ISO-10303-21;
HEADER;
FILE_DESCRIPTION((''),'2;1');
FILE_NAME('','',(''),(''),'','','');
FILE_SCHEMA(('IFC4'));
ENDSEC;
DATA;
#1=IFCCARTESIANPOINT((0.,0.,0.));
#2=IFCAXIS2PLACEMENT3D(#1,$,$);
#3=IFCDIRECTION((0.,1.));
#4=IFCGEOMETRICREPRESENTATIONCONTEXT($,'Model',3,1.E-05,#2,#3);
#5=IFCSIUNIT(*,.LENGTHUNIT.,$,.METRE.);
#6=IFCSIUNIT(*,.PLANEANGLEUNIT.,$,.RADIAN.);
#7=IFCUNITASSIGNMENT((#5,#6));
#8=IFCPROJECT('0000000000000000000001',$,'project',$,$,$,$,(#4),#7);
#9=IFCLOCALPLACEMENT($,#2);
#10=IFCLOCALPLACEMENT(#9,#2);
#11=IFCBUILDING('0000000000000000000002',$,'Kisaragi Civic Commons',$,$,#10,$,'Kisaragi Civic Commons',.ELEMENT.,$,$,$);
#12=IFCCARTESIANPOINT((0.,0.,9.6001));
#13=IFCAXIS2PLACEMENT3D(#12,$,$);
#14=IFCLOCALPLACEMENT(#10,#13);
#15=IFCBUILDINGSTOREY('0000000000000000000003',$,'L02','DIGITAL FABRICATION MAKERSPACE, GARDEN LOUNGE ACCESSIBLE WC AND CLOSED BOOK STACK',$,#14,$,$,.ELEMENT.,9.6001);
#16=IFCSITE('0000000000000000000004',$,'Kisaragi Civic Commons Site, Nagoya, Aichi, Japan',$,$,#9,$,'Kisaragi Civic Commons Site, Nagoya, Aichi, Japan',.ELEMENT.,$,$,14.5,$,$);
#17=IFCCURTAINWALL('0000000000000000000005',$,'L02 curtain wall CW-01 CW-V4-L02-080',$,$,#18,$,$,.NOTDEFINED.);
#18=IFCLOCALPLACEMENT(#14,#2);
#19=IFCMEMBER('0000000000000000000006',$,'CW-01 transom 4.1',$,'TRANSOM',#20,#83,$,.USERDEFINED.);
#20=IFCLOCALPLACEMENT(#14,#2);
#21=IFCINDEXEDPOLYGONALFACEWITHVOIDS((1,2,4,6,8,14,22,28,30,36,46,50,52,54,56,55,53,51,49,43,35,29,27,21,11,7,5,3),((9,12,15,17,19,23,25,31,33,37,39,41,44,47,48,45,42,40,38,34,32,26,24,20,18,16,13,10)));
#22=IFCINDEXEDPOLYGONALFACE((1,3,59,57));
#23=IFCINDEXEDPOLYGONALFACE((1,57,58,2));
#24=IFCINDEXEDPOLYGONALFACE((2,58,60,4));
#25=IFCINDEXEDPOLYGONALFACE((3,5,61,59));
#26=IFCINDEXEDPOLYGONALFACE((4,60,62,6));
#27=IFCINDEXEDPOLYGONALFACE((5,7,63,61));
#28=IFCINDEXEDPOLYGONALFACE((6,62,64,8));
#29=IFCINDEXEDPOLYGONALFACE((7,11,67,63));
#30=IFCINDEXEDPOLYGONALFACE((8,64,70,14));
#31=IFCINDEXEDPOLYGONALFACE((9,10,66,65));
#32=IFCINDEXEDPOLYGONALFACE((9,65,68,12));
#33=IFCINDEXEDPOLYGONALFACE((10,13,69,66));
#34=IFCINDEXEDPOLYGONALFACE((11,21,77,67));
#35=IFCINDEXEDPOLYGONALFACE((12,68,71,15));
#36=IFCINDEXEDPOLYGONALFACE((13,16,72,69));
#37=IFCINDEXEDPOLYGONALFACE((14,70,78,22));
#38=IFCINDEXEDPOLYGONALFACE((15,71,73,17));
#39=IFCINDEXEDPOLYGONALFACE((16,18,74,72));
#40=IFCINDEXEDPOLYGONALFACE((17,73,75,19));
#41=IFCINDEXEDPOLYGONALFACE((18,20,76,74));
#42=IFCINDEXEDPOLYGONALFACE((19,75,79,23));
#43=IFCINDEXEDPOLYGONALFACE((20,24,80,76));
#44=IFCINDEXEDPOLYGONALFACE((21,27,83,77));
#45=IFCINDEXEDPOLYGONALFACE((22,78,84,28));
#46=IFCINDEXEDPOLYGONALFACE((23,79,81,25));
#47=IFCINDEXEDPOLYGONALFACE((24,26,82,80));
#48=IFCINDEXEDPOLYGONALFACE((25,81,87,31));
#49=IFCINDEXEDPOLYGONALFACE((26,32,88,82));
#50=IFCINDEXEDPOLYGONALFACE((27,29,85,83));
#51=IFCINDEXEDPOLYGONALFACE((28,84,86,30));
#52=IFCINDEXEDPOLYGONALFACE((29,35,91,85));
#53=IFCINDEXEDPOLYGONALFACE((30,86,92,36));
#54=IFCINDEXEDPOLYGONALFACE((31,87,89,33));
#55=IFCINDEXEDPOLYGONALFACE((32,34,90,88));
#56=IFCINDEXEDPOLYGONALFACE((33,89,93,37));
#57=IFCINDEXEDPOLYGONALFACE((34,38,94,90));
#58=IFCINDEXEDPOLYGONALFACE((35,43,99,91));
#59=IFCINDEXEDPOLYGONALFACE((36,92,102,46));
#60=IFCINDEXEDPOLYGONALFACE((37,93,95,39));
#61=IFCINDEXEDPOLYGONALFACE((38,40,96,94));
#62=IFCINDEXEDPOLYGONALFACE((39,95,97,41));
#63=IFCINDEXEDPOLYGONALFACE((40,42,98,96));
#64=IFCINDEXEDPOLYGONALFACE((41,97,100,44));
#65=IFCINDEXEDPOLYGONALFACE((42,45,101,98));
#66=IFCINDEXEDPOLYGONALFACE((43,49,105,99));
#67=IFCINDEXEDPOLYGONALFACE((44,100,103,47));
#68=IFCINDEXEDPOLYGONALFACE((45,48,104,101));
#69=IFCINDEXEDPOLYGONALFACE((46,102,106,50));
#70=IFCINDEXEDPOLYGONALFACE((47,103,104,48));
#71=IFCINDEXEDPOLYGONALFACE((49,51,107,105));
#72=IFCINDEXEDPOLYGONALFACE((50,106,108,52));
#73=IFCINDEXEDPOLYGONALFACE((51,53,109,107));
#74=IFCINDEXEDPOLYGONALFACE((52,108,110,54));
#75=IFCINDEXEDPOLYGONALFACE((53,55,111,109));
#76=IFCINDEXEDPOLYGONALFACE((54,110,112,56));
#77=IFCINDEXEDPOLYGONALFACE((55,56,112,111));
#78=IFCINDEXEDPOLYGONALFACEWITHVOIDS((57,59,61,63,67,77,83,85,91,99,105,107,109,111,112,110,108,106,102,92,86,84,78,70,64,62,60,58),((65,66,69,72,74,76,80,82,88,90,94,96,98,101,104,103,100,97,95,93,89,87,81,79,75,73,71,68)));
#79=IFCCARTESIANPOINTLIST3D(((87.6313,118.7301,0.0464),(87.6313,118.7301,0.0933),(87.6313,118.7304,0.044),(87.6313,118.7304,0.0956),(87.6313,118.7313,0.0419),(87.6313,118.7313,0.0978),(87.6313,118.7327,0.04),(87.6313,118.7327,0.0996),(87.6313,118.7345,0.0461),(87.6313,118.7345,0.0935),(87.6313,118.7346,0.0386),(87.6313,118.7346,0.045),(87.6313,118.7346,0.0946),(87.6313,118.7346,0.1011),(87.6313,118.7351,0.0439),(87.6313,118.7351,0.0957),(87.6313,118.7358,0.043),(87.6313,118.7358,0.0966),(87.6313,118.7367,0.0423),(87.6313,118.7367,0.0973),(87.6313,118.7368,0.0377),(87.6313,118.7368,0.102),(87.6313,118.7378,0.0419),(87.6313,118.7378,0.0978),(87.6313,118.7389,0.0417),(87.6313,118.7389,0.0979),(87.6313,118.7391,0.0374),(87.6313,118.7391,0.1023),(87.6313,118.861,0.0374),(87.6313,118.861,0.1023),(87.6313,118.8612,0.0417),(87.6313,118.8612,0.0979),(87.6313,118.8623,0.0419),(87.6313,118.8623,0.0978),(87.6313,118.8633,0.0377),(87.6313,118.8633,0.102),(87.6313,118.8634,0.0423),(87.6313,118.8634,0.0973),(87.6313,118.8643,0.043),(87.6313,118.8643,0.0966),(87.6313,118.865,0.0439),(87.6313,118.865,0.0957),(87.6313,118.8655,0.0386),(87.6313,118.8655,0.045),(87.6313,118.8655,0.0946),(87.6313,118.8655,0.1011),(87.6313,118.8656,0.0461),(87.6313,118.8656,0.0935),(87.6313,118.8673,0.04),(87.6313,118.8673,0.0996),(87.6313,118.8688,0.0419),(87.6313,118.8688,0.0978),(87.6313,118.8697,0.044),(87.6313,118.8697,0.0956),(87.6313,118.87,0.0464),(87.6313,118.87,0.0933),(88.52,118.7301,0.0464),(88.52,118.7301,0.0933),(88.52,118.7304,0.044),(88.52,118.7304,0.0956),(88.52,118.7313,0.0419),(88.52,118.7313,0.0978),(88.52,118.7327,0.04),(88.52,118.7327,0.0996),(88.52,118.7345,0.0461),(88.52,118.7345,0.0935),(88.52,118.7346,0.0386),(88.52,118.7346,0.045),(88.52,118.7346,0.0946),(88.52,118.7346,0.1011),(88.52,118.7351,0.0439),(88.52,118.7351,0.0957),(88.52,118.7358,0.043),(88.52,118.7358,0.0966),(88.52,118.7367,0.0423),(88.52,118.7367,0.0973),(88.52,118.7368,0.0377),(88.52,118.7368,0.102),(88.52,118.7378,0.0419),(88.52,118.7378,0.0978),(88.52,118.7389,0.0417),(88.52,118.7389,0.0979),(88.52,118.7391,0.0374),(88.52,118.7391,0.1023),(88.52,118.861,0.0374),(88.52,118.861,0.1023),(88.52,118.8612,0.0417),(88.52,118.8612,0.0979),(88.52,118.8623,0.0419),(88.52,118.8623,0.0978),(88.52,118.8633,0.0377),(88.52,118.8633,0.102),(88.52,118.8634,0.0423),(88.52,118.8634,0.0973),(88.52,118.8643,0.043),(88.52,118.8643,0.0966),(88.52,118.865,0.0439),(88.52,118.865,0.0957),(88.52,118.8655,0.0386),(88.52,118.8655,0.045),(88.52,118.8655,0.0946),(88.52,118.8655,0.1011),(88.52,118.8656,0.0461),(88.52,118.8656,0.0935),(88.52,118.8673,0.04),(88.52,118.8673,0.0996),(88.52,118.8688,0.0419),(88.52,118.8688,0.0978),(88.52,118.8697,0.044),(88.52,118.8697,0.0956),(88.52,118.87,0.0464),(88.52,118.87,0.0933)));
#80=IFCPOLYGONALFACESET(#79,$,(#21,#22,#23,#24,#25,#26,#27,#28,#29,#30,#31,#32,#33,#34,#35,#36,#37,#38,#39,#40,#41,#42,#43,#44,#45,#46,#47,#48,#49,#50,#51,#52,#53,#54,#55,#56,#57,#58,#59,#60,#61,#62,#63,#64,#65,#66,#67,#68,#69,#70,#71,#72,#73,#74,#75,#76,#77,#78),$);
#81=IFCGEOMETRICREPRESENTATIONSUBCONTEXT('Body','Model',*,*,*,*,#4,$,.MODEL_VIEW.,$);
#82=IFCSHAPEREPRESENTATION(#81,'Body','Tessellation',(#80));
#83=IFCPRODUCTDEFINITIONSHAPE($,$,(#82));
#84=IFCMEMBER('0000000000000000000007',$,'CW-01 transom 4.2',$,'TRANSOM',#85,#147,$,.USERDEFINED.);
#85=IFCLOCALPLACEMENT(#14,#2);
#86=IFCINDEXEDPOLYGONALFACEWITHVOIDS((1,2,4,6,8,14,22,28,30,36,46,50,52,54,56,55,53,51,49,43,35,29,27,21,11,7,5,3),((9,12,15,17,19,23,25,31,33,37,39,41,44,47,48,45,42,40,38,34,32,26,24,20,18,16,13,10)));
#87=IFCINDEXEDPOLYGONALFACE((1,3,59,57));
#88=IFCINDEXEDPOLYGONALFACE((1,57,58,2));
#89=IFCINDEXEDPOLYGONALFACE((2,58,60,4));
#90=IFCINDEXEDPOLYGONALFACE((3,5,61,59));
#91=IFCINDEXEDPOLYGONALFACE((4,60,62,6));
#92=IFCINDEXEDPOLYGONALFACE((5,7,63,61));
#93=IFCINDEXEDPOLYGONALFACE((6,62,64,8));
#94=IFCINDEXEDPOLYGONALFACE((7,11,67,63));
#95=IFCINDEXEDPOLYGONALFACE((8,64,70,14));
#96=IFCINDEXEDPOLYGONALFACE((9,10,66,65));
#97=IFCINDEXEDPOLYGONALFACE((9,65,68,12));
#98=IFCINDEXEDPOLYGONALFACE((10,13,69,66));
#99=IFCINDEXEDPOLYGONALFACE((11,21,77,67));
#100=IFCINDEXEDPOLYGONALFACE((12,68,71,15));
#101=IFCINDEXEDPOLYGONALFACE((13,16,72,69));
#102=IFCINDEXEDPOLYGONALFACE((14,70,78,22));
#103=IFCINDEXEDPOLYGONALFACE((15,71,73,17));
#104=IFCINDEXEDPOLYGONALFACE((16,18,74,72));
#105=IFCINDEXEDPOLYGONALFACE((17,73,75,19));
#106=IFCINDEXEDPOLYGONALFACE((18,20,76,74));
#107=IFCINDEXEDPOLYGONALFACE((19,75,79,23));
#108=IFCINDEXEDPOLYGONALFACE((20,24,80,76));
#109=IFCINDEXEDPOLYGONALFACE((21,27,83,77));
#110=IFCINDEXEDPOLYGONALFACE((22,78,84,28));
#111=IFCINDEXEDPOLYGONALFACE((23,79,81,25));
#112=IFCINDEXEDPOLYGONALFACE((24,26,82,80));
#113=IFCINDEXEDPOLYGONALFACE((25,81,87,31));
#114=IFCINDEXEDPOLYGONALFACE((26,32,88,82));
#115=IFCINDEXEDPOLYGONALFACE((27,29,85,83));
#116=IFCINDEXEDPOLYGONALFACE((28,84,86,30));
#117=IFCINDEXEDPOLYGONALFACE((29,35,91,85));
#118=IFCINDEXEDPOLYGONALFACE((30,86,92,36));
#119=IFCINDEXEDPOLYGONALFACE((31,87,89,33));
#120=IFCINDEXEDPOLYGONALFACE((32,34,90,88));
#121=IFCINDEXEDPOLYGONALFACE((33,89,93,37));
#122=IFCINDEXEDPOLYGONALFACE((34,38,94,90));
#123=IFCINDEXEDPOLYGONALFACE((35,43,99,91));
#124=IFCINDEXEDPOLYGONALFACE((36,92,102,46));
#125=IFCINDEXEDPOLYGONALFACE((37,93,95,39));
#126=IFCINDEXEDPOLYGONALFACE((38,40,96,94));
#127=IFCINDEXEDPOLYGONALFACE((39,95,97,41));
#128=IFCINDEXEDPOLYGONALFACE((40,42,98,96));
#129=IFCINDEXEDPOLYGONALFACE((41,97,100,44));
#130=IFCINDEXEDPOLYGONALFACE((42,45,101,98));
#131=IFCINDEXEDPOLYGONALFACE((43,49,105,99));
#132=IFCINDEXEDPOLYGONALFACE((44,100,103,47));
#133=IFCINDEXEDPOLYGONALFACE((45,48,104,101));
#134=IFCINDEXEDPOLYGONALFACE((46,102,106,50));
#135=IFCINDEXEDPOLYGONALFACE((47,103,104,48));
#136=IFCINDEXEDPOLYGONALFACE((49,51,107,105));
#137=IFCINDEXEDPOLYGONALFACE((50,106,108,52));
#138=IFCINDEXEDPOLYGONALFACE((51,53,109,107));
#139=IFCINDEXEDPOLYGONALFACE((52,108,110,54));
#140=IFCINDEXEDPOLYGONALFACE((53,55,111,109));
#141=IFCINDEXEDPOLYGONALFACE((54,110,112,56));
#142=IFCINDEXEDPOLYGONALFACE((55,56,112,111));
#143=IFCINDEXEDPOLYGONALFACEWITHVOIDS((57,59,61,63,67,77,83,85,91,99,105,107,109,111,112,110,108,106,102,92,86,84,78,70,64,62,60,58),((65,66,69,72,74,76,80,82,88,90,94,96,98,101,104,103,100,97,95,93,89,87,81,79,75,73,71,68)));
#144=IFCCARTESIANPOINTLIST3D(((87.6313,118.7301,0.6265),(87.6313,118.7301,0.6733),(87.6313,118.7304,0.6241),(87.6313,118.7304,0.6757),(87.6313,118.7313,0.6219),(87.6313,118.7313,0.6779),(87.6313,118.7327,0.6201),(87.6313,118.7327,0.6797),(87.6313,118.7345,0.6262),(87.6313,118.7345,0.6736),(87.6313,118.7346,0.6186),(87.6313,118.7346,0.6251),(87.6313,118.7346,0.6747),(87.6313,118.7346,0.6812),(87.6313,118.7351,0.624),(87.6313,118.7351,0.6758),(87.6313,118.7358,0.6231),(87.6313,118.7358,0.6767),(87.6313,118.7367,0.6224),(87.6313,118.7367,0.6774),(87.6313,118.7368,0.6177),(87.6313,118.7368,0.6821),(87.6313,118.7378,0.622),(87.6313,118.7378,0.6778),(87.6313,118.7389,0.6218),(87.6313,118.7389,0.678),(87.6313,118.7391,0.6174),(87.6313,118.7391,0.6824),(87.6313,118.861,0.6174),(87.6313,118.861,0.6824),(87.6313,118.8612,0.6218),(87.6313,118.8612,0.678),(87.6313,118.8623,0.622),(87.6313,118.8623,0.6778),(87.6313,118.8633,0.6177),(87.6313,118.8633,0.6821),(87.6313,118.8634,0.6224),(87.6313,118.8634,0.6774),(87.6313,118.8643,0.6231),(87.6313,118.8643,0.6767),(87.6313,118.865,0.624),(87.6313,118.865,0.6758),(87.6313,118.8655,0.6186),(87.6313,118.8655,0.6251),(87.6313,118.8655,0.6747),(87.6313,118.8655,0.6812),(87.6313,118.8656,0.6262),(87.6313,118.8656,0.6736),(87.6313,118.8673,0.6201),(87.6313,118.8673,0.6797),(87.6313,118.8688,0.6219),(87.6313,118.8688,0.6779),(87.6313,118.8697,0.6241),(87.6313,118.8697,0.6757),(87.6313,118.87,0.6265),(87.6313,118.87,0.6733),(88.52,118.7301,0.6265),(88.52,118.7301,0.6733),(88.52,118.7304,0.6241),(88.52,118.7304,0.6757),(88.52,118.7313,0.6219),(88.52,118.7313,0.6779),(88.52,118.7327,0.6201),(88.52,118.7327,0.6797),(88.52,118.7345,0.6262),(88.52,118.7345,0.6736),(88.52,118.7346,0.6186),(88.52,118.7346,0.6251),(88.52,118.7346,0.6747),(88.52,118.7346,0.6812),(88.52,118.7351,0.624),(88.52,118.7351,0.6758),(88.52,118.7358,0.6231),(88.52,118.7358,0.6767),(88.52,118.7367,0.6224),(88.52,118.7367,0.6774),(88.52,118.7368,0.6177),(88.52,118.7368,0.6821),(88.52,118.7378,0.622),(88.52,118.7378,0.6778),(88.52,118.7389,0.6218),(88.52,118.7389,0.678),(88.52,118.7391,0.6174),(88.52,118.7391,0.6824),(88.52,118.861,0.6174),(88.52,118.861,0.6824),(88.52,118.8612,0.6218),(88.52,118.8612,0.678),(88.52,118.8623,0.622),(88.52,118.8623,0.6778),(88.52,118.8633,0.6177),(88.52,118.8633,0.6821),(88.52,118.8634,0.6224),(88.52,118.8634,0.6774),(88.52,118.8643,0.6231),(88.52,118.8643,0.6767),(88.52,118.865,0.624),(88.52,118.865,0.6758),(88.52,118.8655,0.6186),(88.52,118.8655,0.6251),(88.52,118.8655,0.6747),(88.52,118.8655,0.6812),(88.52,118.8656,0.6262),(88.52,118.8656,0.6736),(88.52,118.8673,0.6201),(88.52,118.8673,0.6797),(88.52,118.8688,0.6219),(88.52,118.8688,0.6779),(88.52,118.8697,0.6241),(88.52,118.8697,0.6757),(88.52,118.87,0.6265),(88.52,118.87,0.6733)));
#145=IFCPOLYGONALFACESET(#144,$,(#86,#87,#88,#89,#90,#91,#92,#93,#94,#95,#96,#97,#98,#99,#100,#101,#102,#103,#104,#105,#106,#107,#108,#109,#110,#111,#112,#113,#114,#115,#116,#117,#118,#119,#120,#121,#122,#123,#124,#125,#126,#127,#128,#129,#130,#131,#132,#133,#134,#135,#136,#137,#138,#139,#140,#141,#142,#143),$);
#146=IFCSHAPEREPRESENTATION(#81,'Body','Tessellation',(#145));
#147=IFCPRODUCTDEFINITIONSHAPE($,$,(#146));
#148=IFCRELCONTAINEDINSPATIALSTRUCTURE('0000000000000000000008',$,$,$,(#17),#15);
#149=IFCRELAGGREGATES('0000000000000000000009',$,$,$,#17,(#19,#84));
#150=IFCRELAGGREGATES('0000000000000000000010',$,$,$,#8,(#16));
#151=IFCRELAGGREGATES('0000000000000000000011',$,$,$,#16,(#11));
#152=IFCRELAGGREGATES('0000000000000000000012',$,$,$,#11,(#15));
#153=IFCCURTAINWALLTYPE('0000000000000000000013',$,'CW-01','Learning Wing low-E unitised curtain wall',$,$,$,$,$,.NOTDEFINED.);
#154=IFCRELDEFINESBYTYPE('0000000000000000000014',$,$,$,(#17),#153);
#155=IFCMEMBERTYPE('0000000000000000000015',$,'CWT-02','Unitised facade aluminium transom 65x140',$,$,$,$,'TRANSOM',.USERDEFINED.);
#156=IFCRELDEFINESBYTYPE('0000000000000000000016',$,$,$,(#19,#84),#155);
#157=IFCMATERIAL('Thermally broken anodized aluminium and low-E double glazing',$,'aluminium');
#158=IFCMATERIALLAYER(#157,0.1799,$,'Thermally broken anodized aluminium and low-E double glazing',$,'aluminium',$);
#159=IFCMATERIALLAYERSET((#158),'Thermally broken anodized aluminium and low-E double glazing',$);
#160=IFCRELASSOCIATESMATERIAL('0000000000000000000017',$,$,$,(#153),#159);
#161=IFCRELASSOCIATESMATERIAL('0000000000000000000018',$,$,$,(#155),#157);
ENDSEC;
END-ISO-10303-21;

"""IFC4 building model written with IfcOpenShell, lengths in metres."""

from ifc_helpers import new_model, si_unit, direction, frame, origin, origin_2d, place, context, subcontext, project, spatial, hollow_rectangle, extrude, material, layer, layer_set, material_profile, profile_set, type_object, element, aggregate, save


model = new_model("IFC4")

# Units and contexts
model_context = context("Model", 3, precision=1e-05, world=origin(), true_north=direction((0.0, 1.0)))
body_context = subcontext(model_context, "Body", "Model", "MODEL_VIEW")
ifc_project = project(units=[si_unit("LENGTHUNIT", "METRE"), si_unit("PLANEANGLEUNIT", "RADIAN")], contexts=[model_context])

# Site, building, storey
site_placement = place(None, origin())
site = spatial("IfcSite", under=ifc_project, at=site_placement, Name="Kisaragi Civic Commons Site, Nagoya, Aichi, Japan", LongName="Kisaragi Civic Commons Site, Nagoya, Aichi, Japan", CompositionType="ELEMENT", RefElevation=14.5)
building_placement = place(site_placement, origin())
building = spatial("IfcBuilding", under=site, at=building_placement, Name="Kisaragi Civic Commons", LongName="Kisaragi Civic Commons", CompositionType="ELEMENT")
storey_placement = place(building_placement, frame((0.0, 0.0, 9.6001)))
storey = spatial("IfcBuildingStorey", under=building, at=storey_placement, Name="L02", Description="DIGITAL FABRICATION MAKERSPACE, GARDEN LOUNGE ACCESSIBLE WC AND CLOSED BOOK STACK", CompositionType="ELEMENT", Elevation=9.6001)

# Curtain wall
ifc_material_1 = material(Name="Thermally broken anodized aluminium and low-E double glazing", Category="aluminium")
ifc_layer_1 = layer(ifc_material_1, 0.1799, Name="Thermally broken anodized aluminium and low-E double glazing", Category="aluminium")
ifc_layer_set_1 = layer_set([ifc_layer_1], Name="Thermally broken anodized aluminium and low-E double glazing")
curtain_wall_type = type_object("IfcCurtainWallType", Name="CW-01", Description="Learning Wing low-E unitised curtain wall", PredefinedType="NOTDEFINED", material=ifc_layer_set_1)
curtain_wall_1_placement = place(storey_placement, origin())
curtain_wall_1 = element("IfcCurtainWall", 1, at=curtain_wall_1_placement, inside=storey, type_object=curtain_wall_type, Name="L02 curtain wall CW-01 CW-V4-L02-080", PredefinedType="NOTDEFINED")

# Members
ifc_material_profile_1 = material_profile(ifc_material_1, hollow_rectangle(XDim=0.1399, YDim=0.0649, WallThickness=0.0044, InnerFilletRadius=0.0044, OuterFilletRadius=0.009, at=origin_2d()), Name="CWT-65x140x4.5", Category="aluminium")
ifc_profile_set_1 = profile_set([ifc_material_profile_1], Name="Thermally broken anodized aluminium and low-E double glazing")
member_type_1 = type_object("IfcMemberType", Name="CWT-02", Description="Unitised facade aluminium transom 65x140", ElementType="TRANSOM", PredefinedType="USERDEFINED", material=ifc_profile_set_1)
member_1_placement = place(storey_placement, frame((87.6313, 118.8, 0.0698), z_axis=(1.0, 0.0, 0.0), x_axis=(0.0, 1.0, 0.0)))
member_1 = element("IfcMember", 2, at=member_1_placement, type_object=member_type_1, Name="CW-01 transom 4.1", ObjectType="TRANSOM", PredefinedType="USERDEFINED", context=body_context, shape_type="SweptSolid", body=[
    extrude(hollow_rectangle(XDim=0.1399, YDim=0.0649, WallThickness=0.0044, InnerFilletRadius=0.0044, OuterFilletRadius=0.009, at=origin_2d()), origin(), (0.0, 0.0, 1.0), 0.8887),
])
member_2_placement = place(storey_placement, frame((87.6313, 118.8, 0.6499), z_axis=(1.0, 0.0, 0.0), x_axis=(0.0, 1.0, 0.0)))
member_2 = element("IfcMember", 3, at=member_2_placement, type_object=member_type_1, Name="CW-01 transom 4.2", ObjectType="TRANSOM", PredefinedType="USERDEFINED", context=body_context, shape_type="SweptSolid", body=[
    extrude(hollow_rectangle(XDim=0.1399, YDim=0.0649, WallThickness=0.0044, InnerFilletRadius=0.0044, OuterFilletRadius=0.009, at=origin_2d()), origin(), (0.0, 0.0, 1.0), 0.8887),
])

aggregate(curtain_wall_1, [member_1, member_2])

save(model, "model.ifc")
